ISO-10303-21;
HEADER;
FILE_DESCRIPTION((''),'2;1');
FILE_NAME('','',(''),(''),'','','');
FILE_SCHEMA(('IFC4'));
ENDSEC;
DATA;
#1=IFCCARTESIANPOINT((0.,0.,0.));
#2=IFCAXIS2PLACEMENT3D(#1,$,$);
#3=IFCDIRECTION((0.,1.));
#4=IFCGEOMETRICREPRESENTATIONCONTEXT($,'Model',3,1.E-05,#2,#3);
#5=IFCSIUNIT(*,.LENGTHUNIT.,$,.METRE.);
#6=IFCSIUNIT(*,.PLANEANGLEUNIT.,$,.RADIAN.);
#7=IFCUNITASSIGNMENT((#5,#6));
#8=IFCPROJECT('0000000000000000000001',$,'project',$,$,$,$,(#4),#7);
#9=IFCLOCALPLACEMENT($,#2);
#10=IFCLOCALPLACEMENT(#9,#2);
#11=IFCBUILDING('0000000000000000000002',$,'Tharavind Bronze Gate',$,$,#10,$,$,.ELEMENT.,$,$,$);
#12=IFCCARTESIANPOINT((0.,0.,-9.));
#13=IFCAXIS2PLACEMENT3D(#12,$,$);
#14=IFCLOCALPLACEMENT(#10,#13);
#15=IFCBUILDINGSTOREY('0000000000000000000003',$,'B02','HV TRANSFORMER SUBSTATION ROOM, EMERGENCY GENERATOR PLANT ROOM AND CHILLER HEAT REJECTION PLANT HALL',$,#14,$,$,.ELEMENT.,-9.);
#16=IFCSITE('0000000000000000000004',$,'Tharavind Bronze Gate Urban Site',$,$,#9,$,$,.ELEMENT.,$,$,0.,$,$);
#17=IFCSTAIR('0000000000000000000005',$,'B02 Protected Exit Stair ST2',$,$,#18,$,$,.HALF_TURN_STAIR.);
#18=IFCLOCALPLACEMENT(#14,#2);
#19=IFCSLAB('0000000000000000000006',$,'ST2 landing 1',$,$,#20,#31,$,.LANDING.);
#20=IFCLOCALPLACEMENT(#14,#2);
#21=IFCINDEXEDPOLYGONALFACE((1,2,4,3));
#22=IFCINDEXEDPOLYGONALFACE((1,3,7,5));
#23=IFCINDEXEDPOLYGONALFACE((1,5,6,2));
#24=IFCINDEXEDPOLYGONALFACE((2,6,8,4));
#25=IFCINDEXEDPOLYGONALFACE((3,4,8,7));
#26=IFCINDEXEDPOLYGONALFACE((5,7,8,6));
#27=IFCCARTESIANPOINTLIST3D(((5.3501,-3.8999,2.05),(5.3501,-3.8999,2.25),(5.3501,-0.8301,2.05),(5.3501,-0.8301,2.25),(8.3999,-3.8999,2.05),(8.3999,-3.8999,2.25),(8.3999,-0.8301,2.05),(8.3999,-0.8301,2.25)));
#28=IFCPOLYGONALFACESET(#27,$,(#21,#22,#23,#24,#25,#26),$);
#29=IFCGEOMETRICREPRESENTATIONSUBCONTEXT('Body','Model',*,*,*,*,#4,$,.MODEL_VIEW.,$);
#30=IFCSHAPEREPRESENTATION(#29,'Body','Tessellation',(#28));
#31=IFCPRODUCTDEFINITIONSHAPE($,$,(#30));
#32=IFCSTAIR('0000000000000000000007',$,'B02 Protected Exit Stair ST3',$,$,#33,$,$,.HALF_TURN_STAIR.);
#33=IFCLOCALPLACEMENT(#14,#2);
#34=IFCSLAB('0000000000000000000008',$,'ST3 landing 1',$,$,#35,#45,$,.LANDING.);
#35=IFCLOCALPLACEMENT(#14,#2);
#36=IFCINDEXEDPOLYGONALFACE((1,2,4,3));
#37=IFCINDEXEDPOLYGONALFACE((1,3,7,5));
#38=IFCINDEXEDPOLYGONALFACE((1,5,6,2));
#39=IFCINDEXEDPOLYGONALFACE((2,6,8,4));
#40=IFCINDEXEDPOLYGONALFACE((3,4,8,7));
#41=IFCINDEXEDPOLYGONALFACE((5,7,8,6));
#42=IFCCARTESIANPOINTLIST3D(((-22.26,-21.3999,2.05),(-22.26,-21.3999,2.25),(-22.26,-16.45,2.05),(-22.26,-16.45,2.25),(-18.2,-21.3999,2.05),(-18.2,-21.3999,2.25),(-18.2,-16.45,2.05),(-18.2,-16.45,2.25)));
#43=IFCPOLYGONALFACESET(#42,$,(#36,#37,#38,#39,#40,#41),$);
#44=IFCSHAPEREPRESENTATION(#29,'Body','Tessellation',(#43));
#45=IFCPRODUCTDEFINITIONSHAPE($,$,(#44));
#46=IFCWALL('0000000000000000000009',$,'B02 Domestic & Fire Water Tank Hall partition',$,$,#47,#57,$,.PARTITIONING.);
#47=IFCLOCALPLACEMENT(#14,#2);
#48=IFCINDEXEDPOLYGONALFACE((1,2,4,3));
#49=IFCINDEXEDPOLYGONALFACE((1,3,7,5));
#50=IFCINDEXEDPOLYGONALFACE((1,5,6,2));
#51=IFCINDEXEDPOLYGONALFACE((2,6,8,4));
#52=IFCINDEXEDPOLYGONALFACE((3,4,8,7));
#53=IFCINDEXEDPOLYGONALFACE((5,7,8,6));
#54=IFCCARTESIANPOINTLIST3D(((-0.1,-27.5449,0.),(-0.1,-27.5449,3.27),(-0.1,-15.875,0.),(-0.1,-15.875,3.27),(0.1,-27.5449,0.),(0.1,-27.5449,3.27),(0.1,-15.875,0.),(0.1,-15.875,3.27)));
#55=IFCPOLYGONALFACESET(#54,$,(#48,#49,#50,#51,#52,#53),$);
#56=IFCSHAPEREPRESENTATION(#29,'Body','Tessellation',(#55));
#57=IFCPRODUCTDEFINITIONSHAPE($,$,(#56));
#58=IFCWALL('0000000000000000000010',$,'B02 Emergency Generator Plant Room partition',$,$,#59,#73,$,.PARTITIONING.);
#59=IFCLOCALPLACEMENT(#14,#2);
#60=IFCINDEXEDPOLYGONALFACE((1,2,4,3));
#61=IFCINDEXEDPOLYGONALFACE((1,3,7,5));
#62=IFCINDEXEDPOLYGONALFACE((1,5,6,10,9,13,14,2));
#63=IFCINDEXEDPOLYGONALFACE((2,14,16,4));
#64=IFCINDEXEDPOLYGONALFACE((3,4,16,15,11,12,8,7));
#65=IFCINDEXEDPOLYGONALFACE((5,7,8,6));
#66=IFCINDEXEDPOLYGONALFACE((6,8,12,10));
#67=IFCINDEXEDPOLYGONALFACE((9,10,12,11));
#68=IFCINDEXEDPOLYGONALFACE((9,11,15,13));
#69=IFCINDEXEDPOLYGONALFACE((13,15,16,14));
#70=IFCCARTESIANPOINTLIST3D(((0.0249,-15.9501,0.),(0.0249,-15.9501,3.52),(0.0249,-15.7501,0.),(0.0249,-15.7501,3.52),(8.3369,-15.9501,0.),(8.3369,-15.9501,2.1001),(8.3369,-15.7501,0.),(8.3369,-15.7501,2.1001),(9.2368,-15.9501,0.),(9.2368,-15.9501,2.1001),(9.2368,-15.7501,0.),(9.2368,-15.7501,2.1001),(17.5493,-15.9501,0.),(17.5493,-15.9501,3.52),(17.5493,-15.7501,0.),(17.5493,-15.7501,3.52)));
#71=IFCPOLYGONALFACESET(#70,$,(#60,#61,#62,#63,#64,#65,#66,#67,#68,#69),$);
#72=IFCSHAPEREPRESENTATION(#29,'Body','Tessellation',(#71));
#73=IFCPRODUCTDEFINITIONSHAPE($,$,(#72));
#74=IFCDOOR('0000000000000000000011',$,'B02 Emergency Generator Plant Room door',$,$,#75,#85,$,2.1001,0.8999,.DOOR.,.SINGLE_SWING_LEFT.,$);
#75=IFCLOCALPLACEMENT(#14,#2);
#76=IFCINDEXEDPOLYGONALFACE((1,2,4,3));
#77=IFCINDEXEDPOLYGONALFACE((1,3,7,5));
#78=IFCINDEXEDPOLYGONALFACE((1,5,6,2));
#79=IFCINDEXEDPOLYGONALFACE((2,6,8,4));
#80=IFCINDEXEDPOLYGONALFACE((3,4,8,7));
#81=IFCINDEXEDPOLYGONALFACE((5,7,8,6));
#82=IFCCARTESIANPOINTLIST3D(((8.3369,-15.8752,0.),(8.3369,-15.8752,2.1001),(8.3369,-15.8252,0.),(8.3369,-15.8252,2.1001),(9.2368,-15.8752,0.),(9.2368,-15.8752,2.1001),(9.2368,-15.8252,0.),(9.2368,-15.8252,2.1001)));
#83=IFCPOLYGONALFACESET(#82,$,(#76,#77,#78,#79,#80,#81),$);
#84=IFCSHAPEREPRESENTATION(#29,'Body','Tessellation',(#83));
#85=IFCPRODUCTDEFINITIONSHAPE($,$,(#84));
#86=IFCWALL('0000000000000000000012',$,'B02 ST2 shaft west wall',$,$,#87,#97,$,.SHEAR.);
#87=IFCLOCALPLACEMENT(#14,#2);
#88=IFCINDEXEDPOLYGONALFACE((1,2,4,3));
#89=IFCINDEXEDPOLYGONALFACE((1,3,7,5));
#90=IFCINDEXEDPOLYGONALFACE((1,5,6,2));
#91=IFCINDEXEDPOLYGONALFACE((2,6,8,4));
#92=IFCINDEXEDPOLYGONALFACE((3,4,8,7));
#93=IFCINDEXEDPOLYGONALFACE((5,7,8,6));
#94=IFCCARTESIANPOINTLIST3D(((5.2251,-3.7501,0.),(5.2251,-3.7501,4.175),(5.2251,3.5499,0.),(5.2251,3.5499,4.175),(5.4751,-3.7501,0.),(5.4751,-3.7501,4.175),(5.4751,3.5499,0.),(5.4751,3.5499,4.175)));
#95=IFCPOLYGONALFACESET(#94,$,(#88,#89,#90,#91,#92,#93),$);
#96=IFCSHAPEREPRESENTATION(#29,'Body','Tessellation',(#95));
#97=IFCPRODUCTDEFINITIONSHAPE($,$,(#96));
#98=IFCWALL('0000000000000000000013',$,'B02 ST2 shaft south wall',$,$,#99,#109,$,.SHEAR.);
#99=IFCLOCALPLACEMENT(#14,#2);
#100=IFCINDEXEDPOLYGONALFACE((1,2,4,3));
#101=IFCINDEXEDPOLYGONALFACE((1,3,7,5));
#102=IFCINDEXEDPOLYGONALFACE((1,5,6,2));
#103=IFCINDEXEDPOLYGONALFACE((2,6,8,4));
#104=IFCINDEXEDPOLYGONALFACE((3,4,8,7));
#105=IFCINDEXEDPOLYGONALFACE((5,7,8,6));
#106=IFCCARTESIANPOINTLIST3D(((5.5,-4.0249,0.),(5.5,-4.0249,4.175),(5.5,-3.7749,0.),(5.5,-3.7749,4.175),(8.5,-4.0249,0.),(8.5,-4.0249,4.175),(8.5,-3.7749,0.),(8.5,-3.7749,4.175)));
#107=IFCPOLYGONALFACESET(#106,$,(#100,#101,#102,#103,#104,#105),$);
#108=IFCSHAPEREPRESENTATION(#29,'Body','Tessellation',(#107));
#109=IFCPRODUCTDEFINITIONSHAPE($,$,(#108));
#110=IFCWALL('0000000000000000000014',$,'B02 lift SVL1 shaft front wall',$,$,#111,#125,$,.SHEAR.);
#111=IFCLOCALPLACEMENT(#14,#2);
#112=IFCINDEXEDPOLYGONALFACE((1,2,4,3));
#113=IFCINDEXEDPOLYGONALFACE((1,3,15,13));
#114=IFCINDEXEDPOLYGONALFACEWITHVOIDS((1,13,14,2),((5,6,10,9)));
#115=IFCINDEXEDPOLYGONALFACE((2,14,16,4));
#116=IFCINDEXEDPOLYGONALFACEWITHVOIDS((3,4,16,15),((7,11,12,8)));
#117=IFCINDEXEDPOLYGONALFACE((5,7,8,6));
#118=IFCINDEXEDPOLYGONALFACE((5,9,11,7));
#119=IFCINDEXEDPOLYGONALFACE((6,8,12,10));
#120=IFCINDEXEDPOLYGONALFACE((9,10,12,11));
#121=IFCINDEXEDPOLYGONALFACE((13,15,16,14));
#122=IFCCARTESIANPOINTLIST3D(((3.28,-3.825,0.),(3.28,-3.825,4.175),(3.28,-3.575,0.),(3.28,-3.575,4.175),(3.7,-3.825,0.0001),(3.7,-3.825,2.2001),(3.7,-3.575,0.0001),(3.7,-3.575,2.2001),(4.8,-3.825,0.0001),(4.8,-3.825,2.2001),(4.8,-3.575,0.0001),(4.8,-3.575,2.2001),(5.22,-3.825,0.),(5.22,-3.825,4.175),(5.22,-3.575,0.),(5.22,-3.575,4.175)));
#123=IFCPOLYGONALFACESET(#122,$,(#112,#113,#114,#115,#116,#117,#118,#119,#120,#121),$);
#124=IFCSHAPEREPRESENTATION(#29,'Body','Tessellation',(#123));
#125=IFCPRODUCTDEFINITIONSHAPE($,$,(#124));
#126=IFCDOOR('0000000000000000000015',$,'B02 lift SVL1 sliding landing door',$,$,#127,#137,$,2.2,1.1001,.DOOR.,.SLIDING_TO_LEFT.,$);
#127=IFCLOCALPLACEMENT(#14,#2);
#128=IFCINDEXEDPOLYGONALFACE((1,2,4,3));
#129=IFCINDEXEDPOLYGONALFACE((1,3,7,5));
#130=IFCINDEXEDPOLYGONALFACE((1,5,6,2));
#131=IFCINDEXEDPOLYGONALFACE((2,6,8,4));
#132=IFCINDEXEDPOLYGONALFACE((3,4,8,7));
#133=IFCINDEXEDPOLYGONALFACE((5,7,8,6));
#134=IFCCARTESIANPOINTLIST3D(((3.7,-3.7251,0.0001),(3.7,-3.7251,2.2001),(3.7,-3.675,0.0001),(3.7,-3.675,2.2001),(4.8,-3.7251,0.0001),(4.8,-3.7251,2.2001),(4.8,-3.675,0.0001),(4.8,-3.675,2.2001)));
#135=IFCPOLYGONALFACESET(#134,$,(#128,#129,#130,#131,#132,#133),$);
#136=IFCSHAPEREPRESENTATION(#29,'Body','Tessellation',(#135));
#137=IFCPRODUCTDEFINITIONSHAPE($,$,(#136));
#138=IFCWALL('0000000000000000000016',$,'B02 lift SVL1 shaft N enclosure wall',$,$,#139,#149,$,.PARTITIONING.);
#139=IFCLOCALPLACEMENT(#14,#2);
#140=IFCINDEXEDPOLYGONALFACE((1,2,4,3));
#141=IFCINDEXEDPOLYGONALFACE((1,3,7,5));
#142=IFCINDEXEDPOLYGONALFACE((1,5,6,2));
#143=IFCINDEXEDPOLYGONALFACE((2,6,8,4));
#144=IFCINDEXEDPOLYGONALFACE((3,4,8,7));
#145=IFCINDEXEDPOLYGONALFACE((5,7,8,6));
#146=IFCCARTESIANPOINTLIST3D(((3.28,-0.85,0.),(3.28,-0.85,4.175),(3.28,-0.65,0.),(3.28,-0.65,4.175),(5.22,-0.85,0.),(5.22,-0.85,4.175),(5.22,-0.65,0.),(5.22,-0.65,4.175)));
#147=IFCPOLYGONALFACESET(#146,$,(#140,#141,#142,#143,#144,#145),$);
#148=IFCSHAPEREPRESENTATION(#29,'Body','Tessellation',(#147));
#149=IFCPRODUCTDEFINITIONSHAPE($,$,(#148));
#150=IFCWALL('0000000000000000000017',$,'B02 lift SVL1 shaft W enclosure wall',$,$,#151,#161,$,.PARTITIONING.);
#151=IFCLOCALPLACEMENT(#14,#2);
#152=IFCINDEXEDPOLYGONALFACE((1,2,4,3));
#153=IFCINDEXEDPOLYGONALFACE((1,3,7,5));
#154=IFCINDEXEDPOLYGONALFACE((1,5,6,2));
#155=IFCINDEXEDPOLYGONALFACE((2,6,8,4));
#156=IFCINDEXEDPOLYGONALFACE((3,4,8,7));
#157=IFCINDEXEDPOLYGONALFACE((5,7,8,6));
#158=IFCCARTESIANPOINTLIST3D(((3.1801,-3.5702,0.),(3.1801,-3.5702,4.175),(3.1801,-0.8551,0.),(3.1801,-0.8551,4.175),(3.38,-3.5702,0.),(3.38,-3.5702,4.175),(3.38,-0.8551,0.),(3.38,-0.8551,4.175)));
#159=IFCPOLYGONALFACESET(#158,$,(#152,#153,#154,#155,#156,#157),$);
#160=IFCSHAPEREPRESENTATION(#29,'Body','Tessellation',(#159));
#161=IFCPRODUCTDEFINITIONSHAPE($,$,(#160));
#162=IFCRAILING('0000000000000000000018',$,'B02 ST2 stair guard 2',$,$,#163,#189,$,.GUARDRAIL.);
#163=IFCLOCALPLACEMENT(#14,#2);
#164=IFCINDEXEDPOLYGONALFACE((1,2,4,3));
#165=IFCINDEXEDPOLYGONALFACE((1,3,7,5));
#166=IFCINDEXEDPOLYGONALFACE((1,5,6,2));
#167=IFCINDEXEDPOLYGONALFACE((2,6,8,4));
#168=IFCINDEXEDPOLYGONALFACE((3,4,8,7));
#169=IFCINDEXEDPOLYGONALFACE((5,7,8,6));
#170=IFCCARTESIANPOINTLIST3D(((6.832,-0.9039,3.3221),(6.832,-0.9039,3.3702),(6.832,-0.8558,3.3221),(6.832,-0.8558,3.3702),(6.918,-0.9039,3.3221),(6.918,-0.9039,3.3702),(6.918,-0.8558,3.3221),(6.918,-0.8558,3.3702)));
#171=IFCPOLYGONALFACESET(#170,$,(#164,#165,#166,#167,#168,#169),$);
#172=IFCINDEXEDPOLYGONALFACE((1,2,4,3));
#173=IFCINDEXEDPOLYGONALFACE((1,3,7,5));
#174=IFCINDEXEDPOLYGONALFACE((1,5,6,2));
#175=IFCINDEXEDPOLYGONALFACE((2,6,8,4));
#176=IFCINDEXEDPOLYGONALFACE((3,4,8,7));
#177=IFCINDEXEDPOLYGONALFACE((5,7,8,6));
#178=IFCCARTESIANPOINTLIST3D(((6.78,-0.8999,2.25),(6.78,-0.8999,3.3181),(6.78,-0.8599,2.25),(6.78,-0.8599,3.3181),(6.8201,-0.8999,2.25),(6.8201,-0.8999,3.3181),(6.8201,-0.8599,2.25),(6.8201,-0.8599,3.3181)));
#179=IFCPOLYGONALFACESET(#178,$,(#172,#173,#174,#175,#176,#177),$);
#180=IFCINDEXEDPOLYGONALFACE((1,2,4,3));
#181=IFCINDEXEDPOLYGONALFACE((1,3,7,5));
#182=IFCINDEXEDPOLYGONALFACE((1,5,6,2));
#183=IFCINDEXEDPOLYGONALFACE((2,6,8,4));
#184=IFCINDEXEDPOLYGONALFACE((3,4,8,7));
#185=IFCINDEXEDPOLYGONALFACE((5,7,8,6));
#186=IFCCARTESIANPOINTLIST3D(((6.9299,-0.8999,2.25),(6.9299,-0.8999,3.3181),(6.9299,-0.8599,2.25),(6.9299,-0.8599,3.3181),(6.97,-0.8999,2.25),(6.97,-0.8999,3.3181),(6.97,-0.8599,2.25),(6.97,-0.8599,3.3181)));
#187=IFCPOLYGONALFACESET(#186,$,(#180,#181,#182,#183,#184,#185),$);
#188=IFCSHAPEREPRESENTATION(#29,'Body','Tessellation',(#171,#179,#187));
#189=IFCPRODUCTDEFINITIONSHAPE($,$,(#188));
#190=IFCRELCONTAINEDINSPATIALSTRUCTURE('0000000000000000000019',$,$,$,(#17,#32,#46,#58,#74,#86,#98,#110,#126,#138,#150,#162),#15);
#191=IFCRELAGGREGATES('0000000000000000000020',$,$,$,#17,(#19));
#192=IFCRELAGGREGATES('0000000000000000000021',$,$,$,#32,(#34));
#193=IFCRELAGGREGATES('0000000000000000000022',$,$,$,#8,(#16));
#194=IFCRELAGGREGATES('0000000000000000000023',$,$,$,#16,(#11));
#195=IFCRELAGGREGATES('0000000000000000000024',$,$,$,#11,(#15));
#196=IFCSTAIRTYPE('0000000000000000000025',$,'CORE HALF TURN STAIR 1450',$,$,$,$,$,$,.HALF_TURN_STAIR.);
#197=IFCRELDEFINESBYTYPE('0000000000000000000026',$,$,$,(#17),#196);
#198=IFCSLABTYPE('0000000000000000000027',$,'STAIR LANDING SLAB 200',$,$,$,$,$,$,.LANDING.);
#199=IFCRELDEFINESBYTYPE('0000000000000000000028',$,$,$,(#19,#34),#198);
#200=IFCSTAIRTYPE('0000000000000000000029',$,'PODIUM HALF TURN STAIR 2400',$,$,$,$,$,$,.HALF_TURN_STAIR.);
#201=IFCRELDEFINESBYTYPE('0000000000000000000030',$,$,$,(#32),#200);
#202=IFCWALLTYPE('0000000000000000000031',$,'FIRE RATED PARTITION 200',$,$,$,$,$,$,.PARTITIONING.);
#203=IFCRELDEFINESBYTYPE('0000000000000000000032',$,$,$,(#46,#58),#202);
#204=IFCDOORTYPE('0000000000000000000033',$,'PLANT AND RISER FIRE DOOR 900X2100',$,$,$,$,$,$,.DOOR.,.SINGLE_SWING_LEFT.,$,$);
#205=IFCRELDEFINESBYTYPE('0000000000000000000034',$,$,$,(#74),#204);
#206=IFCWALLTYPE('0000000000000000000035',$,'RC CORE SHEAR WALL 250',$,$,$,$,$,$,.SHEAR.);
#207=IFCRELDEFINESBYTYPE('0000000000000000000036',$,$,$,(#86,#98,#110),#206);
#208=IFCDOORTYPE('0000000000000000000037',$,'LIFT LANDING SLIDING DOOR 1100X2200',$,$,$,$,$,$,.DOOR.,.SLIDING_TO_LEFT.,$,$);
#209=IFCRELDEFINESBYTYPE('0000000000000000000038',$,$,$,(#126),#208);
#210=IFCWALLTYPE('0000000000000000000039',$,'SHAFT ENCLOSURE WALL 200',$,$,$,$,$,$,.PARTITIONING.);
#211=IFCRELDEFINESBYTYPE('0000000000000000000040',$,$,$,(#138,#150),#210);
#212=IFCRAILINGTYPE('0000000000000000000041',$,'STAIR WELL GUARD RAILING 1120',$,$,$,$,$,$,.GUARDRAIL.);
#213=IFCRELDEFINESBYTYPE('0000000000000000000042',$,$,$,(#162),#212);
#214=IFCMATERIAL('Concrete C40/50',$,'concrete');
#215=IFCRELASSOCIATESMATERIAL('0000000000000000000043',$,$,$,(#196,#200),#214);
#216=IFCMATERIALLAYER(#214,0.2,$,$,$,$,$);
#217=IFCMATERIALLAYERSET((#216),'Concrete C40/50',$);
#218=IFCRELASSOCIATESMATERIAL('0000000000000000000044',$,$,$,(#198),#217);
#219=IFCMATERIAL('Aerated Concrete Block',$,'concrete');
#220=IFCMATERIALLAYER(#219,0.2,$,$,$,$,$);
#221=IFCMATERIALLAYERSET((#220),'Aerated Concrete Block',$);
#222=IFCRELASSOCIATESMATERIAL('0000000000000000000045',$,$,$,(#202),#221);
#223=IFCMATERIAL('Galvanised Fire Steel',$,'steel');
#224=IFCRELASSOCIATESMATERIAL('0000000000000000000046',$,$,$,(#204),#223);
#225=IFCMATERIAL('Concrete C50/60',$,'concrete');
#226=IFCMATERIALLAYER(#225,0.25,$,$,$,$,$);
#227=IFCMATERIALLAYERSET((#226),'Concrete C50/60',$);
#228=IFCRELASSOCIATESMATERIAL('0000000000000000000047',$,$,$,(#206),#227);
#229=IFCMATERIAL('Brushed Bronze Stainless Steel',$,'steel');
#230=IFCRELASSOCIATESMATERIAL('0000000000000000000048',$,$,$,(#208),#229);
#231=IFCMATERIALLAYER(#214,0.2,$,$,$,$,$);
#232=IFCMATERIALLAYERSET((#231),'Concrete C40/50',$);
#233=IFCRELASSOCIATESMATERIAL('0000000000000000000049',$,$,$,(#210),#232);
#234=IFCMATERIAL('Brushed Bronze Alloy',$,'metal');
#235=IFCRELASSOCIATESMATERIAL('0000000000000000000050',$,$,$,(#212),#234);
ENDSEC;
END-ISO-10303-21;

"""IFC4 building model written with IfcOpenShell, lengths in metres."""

from ifc_helpers import new_model, si_unit, direction, frame, frame_2d, origin, origin_2d, place, context, subcontext, project, spatial, polyline, rectangle, outline, extrude, material, layer, layer_set, type_object, element, fill, aggregate, save


model = new_model("IFC4")

# Units and contexts
model_context = context("Model", 3, precision=1e-05, world=origin(), true_north=direction((0.0, 1.0)))
body_context = subcontext(model_context, "Body", "Model", "MODEL_VIEW")
ifc_project = project(units=[si_unit("LENGTHUNIT", "METRE"), si_unit("PLANEANGLEUNIT", "RADIAN")], contexts=[model_context])

# Site, building, storey
site_placement = place(None, origin())
site = spatial("IfcSite", under=ifc_project, at=site_placement, Name="Tharavind Bronze Gate Urban Site", CompositionType="ELEMENT", RefElevation=0.0)
building_placement = place(site_placement, origin())
building = spatial("IfcBuilding", under=site, at=building_placement, Name="Tharavind Bronze Gate", CompositionType="ELEMENT")
storey_placement = place(building_placement, frame((0.0, 0.0, -9.0)))
storey = spatial("IfcBuildingStorey", under=building, at=storey_placement, Name="B02", Description="HV TRANSFORMER SUBSTATION ROOM, EMERGENCY GENERATOR PLANT ROOM AND CHILLER HEAT REJECTION PLANT HALL", CompositionType="ELEMENT", Elevation=-9.0)

# Shared definitions
ifc_material_1 = material(Name="Concrete C50/60", Category="concrete")

# Stairs, slabs
ifc_material_2 = material(Name="Concrete C40/50", Category="concrete")
stair_type_1 = type_object("IfcStairType", Name="CORE HALF TURN STAIR 1450", PredefinedType="HALF_TURN_STAIR", material=ifc_material_2)
ifc_layer_1 = layer(ifc_material_2, 0.2)
ifc_layer_set_1 = layer_set([ifc_layer_1], Name="Concrete C40/50")
slab_type_1 = type_object("IfcSlabType", Name="STAIR LANDING SLAB 200", PredefinedType="LANDING", material=ifc_layer_set_1)
stair_1_placement = place(storey_placement, origin())
stair_1 = element("IfcStair", 1, at=stair_1_placement, inside=storey, type_object=stair_type_1, Name="B02 Protected Exit Stair ST2", PredefinedType="HALF_TURN_STAIR")
slab_1_placement = place(storey_placement, frame((0.0, 0.0, 2.05)))
slab_1 = element("IfcSlab", 2, at=slab_1_placement, type_object=slab_type_1, Name="ST2 landing 1", PredefinedType="LANDING", context=body_context, shape_type="SweptSolid", body=[
    extrude(outline(polyline([(5.3501, -0.8301), (5.3501, -3.8999), (8.3999, -3.8999), (8.3999, -0.8301), (5.3501, -0.8301)])), origin(), (0.0, 0.0, 1.0), 0.2),
])
aggregate(stair_1, [slab_1])
stair_type_2 = type_object("IfcStairType", Name="PODIUM HALF TURN STAIR 2400", PredefinedType="HALF_TURN_STAIR", material=ifc_material_2)
stair_2_placement = place(storey_placement, origin())
stair_2 = element("IfcStair", 3, at=stair_2_placement, inside=storey, type_object=stair_type_2, Name="B02 Protected Exit Stair ST3", PredefinedType="HALF_TURN_STAIR")
slab_2_placement = place(storey_placement, frame((0.0, 0.0, 2.05)))
slab_2 = element("IfcSlab", 4, at=slab_2_placement, type_object=slab_type_1, Name="ST3 landing 1", PredefinedType="LANDING", context=body_context, shape_type="SweptSolid", body=[
    extrude(outline(polyline([(-22.26, -21.3999), (-18.2, -21.3999), (-18.2, -16.45), (-22.26, -16.45), (-22.26, -21.3999)])), origin(), (0.0, 0.0, 1.0), 0.2),
])
aggregate(stair_2, [slab_2])

# Wall
ifc_material_3 = material(Name="Aerated Concrete Block", Category="concrete")
ifc_layer_2 = layer(ifc_material_3, 0.2)
ifc_layer_set_2 = layer_set([ifc_layer_2], Name="Aerated Concrete Block")
wall_type_1 = type_object("IfcWallType", Name="FIRE RATED PARTITION 200", PredefinedType="PARTITIONING", material=ifc_layer_set_2)
wall_1_placement = place(storey_placement, frame((0.0, -15.875, 0.0), z_axis=(0.0, 0.0, 1.0), x_axis=(0.0, -1.0, 0.0)))
element("IfcWall", 5, at=wall_1_placement, inside=storey, type_object=wall_type_1, Name="B02 Domestic & Fire Water Tank Hall partition", PredefinedType="PARTITIONING", context=body_context, shape_type="SweptSolid", body=[
    extrude(rectangle(XDim=11.6699, YDim=0.2, at=frame_2d((5.835, 0.0))), origin(), (0.0, 0.0, 1.0), 3.27),
])

# Wall, opening, door
wall_2_placement = place(storey_placement, frame((0.0249, -15.8501, 0.0), z_axis=(0.0, 0.0, 1.0), x_axis=(1.0, 0.0, 0.0)))
wall_2 = element("IfcWall", 6, at=wall_2_placement, inside=storey, type_object=wall_type_1, Name="B02 Emergency Generator Plant Room partition", PredefinedType="PARTITIONING", context=body_context, shape_type="SweptSolid", body=[
    extrude(rectangle(XDim=17.5244, YDim=0.2, at=frame_2d((8.7622, 0.0))), origin(), (0.0, 0.0, 1.0), 3.52),
])
opening_1_placement = place(wall_2_placement, frame((8.312, 0.0, 0.0)))
opening_1 = element("IfcOpeningElement", 7, at=opening_1_placement, cuts=wall_2, PredefinedType="OPENING", context=body_context, shape_type="SweptSolid", body=[
    extrude(rectangle(XDim=0.8999, YDim=2.1001, at=frame_2d((0.45, 1.05))), frame((0.0, 0.1101, 0.0), z_axis=(0.0, -1.0, 0.0), x_axis=(1.0, 0.0, 0.0)), (0.0, 0.0, 1.0), 0.22),
])
ifc_material_4 = material(Name="Galvanised Fire Steel", Category="steel")
door_type_1 = type_object("IfcDoorType", Name="PLANT AND RISER FIRE DOOR 900X2100", OperationType="SINGLE_SWING_LEFT", PredefinedType="DOOR", material=ifc_material_4)
door_1_placement = place(opening_1_placement, origin())
door_1 = element("IfcDoor", 8, at=door_1_placement, inside=storey, type_object=door_type_1, Name="B02 Emergency Generator Plant Room door", OperationType="SINGLE_SWING_LEFT", OverallHeight=2.1001, OverallWidth=0.8999, PredefinedType="DOOR", context=body_context, shape_type="SweptSolid", body=[
    extrude(rectangle(XDim=0.8999, YDim=2.1001, at=frame_2d((0.45, 1.05))), frame((0.0, 0.0249, 0.0), z_axis=(0.0, -1.0, 0.0), x_axis=(1.0, 0.0, 0.0)), (0.0, 0.0, 1.0), 0.05),
])
fill(opening_1, door_1)

# Walls
ifc_layer_3 = layer(ifc_material_1, 0.25)
ifc_layer_set_3 = layer_set([ifc_layer_3], Name="Concrete C50/60")
wall_type_2 = type_object("IfcWallType", Name="RC CORE SHEAR WALL 250", PredefinedType="SHEAR", material=ifc_layer_set_3)
wall_3_placement = place(storey_placement, frame((5.3501, -3.75, 0.0), z_axis=(0.0, 0.0, 1.0), x_axis=(0.0, 1.0, 0.0)))
element("IfcWall", 9, at=wall_3_placement, inside=storey, type_object=wall_type_2, Name="B02 ST2 shaft west wall", PredefinedType="SHEAR", context=body_context, shape_type="SweptSolid", body=[
    extrude(rectangle(XDim=7.3, YDim=0.25, at=frame_2d((3.6499, 0.0))), origin(), (0.0, 0.0, 1.0), 4.175),
])
wall_4_placement = place(storey_placement, frame((5.5, -3.8999, 0.0), z_axis=(0.0, 0.0, 1.0), x_axis=(1.0, 0.0, 0.0)))
element("IfcWall", 10, at=wall_4_placement, inside=storey, type_object=wall_type_2, Name="B02 ST2 shaft south wall", PredefinedType="SHEAR", context=body_context, shape_type="SweptSolid", body=[
    extrude(rectangle(XDim=3.0, YDim=0.25, at=frame_2d((1.5, 0.0))), origin(), (0.0, 0.0, 1.0), 4.175),
])

# Wall, opening, door
wall_5_placement = place(storey_placement, frame((3.28, -3.7, 0.0), z_axis=(0.0, 0.0, 1.0), x_axis=(1.0, 0.0, 0.0)))
wall_5 = element("IfcWall", 11, at=wall_5_placement, inside=storey, type_object=wall_type_2, Name="B02 lift SVL1 shaft front wall", PredefinedType="SHEAR", context=body_context, shape_type="SweptSolid", body=[
    extrude(rectangle(XDim=1.9399, YDim=0.25, at=frame_2d((0.97, 0.0))), origin(), (0.0, 0.0, 1.0), 4.175),
])
opening_2_placement = place(wall_5_placement, frame((0.4199, 0.0, 0.0)))
opening_2 = element("IfcOpeningElement", 12, at=opening_2_placement, cuts=wall_5, PredefinedType="OPENING", context=body_context, shape_type="SweptSolid", body=[
    extrude(rectangle(XDim=1.1001, YDim=2.2, at=frame_2d((0.55, 1.1001))), frame((0.0, 0.135, 0.0), z_axis=(0.0, -1.0, 0.0), x_axis=(1.0, 0.0, 0.0)), (0.0, 0.0, 1.0), 0.27),
])
ifc_material_5 = material(Name="Brushed Bronze Stainless Steel", Category="steel")
door_type_2 = type_object("IfcDoorType", Name="LIFT LANDING SLIDING DOOR 1100X2200", OperationType="SLIDING_TO_LEFT", PredefinedType="DOOR", material=ifc_material_5)
door_2_placement = place(opening_2_placement, origin())
door_2 = element("IfcDoor", 13, at=door_2_placement, inside=storey, type_object=door_type_2, Name="B02 lift SVL1 sliding landing door", OperationType="SLIDING_TO_LEFT", OverallHeight=2.2, OverallWidth=1.1001, PredefinedType="DOOR", context=body_context, shape_type="SweptSolid", body=[
    extrude(rectangle(XDim=1.1001, YDim=2.2, at=frame_2d((0.55, 1.1001))), frame((0.0, 0.0249, 0.0), z_axis=(0.0, -1.0, 0.0), x_axis=(1.0, 0.0, 0.0)), (0.0, 0.0, 1.0), 0.05),
])
fill(opening_2, door_2)

# Walls
ifc_layer_4 = layer(ifc_material_2, 0.2)
ifc_layer_set_4 = layer_set([ifc_layer_4], Name="Concrete C40/50")
wall_type_3 = type_object("IfcWallType", Name="SHAFT ENCLOSURE WALL 200", PredefinedType="PARTITIONING", material=ifc_layer_set_4)
wall_6_placement = place(storey_placement, frame((3.28, -0.75, 0.0), z_axis=(0.0, 0.0, 1.0), x_axis=(1.0, 0.0, 0.0)))
element("IfcWall", 14, at=wall_6_placement, inside=storey, type_object=wall_type_3, Name="B02 lift SVL1 shaft N enclosure wall", PredefinedType="PARTITIONING", context=body_context, shape_type="SweptSolid", body=[
    extrude(rectangle(XDim=1.9399, YDim=0.2, at=frame_2d((0.97, 0.0))), origin(), (0.0, 0.0, 1.0), 4.175),
])
wall_7_placement = place(storey_placement, frame((3.28, -3.5701, 0.0), z_axis=(0.0, 0.0, 1.0), x_axis=(0.0, 1.0, 0.0)))
element("IfcWall", 15, at=wall_7_placement, inside=storey, type_object=wall_type_3, Name="B02 lift SVL1 shaft W enclosure wall", PredefinedType="PARTITIONING", context=body_context, shape_type="SweptSolid", body=[
    extrude(rectangle(XDim=2.7151, YDim=0.2, at=frame_2d((1.3574, 0.0))), origin(), (0.0, 0.0, 1.0), 4.175),
])

# Railing
ifc_material_6 = material(Name="Brushed Bronze Alloy", Category="metal")
railing_type = type_object("IfcRailingType", Name="STAIR WELL GUARD RAILING 1120", PredefinedType="GUARDRAIL", material=ifc_material_6)
railing_1_placement = place(storey_placement, frame((6.8, -0.8799, 2.25)))
element("IfcRailing", 16, at=railing_1_placement, inside=storey, type_object=railing_type, Name="B02 ST2 stair guard 2", PredefinedType="GUARDRAIL", context=body_context, shape_type="SweptSolid", body=[
    extrude(rectangle(XDim=0.0481, YDim=0.0481, at=origin_2d()), frame((0.032, 0.0, 1.0962), z_axis=(1.0, 0.0, 0.0), x_axis=(0.0, 1.0, 0.0)), (0.0, 0.0, 1.0), 0.0859),
    extrude(rectangle(XDim=0.04, YDim=0.04, at=origin_2d()), origin(), (0.0, 0.0, 1.0), 1.0681),
    extrude(rectangle(XDim=0.04, YDim=0.04, at=origin_2d()), frame((0.1499, 0.0, 0.0)), (0.0, 0.0, 1.0), 1.0681),
])

save(model, "model.ifc")
